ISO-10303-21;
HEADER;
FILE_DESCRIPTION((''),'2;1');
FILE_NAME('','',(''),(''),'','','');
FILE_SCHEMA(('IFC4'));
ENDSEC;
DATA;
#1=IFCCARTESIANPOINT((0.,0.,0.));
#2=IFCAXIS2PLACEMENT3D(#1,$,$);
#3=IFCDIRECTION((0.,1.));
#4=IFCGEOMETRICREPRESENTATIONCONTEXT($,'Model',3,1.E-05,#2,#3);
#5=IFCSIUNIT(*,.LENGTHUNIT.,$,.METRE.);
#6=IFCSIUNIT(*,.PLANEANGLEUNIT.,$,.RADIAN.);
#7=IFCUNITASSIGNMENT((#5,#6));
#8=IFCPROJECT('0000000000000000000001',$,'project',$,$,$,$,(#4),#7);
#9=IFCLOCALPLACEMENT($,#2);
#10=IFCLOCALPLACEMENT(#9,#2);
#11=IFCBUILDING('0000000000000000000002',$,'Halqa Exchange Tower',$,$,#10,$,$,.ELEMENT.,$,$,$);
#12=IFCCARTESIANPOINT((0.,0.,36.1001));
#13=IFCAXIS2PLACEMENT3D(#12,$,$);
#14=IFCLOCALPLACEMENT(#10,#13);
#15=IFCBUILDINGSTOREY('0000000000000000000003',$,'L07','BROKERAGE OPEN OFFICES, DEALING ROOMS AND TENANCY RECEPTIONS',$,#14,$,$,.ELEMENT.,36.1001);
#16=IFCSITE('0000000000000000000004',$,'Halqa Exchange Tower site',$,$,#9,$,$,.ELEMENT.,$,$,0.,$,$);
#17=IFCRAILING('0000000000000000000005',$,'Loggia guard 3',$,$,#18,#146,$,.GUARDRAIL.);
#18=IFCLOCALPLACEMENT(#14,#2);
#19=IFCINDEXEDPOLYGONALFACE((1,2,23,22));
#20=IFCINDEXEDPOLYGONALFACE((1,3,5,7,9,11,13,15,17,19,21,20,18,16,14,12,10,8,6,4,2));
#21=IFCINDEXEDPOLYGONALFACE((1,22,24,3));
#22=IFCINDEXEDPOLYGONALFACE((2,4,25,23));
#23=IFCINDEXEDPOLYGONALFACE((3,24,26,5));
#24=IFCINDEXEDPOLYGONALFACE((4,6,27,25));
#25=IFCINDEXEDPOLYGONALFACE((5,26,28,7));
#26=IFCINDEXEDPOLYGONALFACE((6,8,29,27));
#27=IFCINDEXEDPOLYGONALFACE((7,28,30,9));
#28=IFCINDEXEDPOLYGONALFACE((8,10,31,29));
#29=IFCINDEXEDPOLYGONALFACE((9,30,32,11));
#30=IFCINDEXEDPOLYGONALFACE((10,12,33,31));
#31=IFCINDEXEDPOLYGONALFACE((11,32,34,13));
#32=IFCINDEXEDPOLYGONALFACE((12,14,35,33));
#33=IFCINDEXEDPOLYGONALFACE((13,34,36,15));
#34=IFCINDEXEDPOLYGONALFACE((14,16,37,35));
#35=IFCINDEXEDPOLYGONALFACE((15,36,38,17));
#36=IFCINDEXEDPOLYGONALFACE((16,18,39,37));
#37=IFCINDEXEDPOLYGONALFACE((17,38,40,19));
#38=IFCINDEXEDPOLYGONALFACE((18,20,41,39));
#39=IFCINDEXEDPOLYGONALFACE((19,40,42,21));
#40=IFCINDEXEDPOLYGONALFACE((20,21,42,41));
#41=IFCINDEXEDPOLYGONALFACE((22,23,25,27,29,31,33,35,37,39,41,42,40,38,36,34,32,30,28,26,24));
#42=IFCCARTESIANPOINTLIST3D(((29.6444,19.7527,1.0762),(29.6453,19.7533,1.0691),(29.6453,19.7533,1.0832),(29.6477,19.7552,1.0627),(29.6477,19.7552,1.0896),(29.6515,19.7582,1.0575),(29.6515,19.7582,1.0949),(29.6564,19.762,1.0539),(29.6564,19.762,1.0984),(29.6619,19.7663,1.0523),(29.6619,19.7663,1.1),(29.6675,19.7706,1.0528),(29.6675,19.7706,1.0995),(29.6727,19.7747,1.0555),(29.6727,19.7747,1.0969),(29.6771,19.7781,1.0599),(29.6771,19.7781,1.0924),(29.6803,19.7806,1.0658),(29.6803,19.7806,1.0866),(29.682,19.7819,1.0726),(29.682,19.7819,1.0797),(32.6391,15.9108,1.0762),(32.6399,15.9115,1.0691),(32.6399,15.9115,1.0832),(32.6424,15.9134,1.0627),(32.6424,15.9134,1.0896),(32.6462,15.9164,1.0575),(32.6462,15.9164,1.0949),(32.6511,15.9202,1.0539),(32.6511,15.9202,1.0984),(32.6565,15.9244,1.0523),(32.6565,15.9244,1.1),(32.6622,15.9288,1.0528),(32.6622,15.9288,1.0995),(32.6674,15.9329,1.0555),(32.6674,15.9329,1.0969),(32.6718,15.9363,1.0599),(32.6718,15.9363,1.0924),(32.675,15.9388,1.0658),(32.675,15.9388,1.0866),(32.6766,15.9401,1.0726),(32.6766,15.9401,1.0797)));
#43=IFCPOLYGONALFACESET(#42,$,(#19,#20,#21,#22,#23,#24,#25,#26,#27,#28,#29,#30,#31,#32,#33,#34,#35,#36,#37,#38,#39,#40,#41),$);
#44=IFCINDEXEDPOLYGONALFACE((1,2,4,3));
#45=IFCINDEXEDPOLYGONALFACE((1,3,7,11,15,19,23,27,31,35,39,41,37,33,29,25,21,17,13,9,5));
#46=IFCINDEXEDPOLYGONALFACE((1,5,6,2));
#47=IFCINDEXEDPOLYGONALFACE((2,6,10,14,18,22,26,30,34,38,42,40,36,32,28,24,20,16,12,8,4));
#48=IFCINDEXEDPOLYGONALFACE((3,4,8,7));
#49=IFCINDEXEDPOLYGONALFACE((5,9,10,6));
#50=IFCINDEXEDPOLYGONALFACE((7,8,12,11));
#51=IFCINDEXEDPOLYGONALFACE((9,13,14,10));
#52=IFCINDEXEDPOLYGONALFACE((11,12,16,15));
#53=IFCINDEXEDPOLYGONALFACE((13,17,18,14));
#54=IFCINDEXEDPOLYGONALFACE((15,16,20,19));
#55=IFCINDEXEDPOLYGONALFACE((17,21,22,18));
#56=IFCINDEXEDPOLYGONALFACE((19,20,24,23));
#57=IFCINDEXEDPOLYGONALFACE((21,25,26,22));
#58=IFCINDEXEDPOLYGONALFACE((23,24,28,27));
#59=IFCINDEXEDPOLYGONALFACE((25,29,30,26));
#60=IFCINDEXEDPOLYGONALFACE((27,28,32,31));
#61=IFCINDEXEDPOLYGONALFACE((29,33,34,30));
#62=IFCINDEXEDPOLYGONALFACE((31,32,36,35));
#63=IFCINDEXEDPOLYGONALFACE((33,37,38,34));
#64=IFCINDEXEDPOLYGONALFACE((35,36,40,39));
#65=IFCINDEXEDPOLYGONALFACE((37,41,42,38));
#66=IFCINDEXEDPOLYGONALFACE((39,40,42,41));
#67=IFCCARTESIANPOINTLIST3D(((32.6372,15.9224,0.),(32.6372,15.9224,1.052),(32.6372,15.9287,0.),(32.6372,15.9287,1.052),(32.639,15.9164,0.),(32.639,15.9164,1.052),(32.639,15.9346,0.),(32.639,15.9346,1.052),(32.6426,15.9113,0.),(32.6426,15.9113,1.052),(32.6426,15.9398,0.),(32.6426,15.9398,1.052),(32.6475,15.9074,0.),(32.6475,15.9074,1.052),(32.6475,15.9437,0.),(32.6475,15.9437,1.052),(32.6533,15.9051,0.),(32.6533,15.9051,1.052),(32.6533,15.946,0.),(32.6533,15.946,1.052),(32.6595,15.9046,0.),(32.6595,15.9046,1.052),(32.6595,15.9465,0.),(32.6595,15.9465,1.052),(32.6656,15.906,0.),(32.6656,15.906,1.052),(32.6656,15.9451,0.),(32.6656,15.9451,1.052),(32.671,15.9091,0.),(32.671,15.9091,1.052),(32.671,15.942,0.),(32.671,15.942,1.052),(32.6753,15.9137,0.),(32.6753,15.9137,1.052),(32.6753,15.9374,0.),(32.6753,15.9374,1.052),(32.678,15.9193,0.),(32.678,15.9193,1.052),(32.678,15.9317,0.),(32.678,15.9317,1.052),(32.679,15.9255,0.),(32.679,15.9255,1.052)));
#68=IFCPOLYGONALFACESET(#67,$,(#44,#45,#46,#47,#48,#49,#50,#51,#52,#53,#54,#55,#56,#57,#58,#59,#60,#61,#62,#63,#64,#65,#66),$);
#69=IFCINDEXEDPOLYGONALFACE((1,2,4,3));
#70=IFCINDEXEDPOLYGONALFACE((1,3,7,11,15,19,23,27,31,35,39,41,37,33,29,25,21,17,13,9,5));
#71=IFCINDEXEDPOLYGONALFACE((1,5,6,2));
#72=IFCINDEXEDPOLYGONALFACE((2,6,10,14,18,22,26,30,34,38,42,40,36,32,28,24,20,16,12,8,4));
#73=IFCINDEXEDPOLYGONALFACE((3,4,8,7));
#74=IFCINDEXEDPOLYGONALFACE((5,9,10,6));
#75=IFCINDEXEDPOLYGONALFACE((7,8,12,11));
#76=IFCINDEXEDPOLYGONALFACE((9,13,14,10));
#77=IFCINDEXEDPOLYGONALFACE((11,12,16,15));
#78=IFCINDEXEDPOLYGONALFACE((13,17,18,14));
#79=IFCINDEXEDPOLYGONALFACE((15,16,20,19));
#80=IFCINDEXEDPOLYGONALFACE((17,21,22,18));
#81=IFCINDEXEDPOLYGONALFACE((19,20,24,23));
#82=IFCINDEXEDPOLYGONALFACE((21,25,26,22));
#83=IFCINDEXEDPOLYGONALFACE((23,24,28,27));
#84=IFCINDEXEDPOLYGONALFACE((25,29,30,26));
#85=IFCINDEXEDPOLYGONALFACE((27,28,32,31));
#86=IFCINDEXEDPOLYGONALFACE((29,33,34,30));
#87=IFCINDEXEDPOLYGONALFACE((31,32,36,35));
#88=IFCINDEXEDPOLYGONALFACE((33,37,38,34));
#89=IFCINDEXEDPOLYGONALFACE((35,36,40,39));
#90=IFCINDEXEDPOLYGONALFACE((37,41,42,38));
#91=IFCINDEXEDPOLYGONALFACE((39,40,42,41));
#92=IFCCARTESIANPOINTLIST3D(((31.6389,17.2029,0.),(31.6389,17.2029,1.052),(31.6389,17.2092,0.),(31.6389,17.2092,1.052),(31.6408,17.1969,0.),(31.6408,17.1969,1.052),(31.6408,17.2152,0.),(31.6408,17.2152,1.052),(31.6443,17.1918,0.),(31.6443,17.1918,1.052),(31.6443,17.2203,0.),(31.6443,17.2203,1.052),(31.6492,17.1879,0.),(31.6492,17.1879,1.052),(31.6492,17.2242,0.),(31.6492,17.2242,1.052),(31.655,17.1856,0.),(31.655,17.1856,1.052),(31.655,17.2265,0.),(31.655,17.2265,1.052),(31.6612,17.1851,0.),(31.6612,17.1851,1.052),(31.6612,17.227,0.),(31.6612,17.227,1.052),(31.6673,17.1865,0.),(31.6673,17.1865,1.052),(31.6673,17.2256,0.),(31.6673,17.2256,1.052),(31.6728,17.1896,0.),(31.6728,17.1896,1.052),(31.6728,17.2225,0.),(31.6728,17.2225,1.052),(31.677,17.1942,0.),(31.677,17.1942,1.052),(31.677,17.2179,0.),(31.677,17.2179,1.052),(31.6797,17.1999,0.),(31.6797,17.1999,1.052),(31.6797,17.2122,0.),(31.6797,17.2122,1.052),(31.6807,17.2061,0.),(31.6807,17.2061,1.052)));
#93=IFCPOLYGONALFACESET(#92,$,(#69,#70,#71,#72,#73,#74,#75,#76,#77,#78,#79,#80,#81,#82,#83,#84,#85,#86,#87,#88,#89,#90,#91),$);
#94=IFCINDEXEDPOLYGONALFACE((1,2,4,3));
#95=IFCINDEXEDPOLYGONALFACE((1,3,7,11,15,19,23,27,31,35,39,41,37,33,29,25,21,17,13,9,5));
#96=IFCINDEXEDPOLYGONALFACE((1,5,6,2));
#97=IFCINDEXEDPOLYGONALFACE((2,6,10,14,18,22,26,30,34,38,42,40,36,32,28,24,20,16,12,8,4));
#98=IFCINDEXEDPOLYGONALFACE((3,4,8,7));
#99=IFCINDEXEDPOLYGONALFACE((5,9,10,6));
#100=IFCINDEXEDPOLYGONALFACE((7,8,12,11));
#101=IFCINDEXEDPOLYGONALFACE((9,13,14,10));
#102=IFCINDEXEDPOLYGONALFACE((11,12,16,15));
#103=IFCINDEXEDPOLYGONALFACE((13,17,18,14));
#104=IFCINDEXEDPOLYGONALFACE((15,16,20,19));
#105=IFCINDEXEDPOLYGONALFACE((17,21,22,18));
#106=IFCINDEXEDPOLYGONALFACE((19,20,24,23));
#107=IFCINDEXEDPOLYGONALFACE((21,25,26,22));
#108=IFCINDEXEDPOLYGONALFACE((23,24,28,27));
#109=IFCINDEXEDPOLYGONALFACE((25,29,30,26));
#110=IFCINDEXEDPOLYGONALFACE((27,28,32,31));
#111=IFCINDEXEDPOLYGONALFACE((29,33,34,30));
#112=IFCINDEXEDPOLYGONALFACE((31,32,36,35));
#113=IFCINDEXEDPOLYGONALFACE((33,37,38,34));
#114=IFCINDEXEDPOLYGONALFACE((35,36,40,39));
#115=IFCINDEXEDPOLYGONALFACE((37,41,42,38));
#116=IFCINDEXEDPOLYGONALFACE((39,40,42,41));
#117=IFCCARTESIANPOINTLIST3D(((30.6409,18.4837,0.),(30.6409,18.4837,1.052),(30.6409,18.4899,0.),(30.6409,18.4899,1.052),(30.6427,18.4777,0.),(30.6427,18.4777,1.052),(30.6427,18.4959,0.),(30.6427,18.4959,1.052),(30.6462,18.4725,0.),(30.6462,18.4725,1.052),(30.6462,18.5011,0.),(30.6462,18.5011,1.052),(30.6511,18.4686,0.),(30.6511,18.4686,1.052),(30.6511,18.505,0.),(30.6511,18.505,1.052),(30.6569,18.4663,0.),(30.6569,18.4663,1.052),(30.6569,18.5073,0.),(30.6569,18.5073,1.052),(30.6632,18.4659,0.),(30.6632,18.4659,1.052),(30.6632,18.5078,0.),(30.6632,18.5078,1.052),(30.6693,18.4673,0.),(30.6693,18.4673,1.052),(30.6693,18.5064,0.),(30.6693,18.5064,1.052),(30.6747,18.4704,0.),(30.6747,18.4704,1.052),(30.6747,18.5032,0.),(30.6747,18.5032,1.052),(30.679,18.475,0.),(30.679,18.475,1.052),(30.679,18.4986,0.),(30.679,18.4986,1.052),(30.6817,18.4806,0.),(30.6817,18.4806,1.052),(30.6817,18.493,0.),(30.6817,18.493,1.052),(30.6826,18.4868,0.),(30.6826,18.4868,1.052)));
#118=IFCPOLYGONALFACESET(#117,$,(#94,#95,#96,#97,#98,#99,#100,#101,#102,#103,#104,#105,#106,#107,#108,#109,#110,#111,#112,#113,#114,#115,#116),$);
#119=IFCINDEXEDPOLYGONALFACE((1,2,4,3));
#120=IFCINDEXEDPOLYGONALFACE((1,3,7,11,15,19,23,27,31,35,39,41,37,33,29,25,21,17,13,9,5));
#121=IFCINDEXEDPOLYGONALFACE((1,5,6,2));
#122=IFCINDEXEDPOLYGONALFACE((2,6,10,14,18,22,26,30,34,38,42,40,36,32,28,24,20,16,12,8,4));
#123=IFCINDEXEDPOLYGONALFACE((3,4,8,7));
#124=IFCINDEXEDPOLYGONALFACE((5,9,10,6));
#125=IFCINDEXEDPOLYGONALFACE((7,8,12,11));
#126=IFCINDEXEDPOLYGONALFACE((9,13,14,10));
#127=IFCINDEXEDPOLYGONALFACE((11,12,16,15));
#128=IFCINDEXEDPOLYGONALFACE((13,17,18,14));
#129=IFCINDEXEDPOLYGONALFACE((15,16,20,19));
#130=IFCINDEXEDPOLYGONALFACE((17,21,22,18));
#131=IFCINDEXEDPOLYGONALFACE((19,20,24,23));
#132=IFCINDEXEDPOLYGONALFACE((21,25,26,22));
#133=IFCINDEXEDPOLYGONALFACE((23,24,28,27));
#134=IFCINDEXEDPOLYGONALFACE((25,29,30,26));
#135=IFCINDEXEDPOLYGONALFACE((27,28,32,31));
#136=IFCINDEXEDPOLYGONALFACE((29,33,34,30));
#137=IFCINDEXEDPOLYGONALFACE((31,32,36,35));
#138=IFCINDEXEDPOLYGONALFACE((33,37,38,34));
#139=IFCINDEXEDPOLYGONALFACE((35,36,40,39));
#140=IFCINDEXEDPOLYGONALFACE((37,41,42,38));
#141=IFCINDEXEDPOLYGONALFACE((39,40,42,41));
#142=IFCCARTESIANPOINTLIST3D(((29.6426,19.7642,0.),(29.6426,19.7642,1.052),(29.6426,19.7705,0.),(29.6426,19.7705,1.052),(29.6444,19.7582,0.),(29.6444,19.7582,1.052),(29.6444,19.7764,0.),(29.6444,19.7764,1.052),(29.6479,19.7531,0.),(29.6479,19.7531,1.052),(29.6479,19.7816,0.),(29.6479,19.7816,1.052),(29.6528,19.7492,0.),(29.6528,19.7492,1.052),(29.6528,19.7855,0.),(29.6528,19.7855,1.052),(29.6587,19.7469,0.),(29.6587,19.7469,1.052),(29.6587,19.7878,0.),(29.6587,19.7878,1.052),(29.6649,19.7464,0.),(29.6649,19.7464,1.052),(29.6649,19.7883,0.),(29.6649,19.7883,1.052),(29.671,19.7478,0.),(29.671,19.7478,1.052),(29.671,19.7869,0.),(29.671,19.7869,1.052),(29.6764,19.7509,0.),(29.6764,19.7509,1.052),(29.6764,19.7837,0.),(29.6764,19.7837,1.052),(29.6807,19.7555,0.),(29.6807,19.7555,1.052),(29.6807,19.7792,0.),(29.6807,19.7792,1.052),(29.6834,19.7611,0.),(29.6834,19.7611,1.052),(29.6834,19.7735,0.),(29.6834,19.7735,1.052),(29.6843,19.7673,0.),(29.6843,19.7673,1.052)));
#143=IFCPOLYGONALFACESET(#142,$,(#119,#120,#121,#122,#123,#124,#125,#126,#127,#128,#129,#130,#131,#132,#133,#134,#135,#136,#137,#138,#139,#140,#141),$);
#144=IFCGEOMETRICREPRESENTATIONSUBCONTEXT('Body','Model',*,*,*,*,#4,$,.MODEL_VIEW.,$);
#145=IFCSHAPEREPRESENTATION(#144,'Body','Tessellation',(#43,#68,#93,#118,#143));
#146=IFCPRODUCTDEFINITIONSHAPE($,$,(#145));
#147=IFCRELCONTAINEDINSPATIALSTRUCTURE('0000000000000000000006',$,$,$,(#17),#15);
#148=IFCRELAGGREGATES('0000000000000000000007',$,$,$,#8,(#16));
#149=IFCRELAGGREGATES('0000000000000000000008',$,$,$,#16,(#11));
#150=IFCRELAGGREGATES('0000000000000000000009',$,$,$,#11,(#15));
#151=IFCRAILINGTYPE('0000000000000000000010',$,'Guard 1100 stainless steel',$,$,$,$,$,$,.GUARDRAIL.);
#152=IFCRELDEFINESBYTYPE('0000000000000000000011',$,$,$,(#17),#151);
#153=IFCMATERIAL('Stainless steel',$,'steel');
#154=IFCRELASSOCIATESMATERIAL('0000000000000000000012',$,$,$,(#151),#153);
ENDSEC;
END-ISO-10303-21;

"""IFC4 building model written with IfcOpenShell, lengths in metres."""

from ifc_helpers import new_model, si_unit, direction, frame, origin, origin_2d, place, context, subcontext, project, spatial, circle, extrude, material, type_object, element, save


model = new_model("IFC4")

# Units and contexts
model_context = context("Model", 3, precision=1e-05, world=origin(), true_north=direction((0.0, 1.0)))
body_context = subcontext(model_context, "Body", "Model", "MODEL_VIEW")
ifc_project = project(units=[si_unit("LENGTHUNIT", "METRE"), si_unit("PLANEANGLEUNIT", "RADIAN")], contexts=[model_context])

# Site, building, storey
site_placement = place(None, origin())
site = spatial("IfcSite", under=ifc_project, at=site_placement, Name="Halqa Exchange Tower site", CompositionType="ELEMENT", RefElevation=0.0)
building_placement = place(site_placement, origin())
building = spatial("IfcBuilding", under=site, at=building_placement, Name="Halqa Exchange Tower", CompositionType="ELEMENT")
storey_placement = place(building_placement, frame((0.0, 0.0, 36.1001)))
storey = spatial("IfcBuildingStorey", under=building, at=storey_placement, Name="L07", Description="BROKERAGE OPEN OFFICES, DEALING ROOMS AND TENANCY RECEPTIONS", CompositionType="ELEMENT", Elevation=36.1001)

# Railing
ifc_material_1 = material(Name="Stainless steel", Category="steel")
railing_type = type_object("IfcRailingType", Name="Guard 1100 stainless steel", PredefinedType="GUARDRAIL", material=ifc_material_1)
railing_1_placement = place(storey_placement, frame((32.658, 15.9255, 0.0)))
element("IfcRailing", 1, at=railing_1_placement, inside=storey, type_object=railing_type, Name="Loggia guard 3", PredefinedType="GUARDRAIL", context=body_context, shape_type="SweptSolid", body=[
    extrude(circle(Radius=0.0239, at=origin_2d()), frame((0.0, 0.0, 1.0762), z_axis=(-0.61478, 0.788699, 0.0), x_axis=(-0.788699, -0.61478, 0.0)), (0.0, 0.0, 1.0), 4.8711),
    extrude(circle(Radius=0.021, at=origin_2d()), origin(), (0.0, 0.0, 1.0), 1.052),
    extrude(circle(Radius=0.021, at=origin_2d()), frame((-0.9983, 1.2805, 0.0)), (0.0, 0.0, 1.0), 1.052),
    extrude(circle(Radius=0.021, at=origin_2d()), frame((-1.9963, 2.5613, 0.0)), (0.0, 0.0, 1.0), 1.052),
    extrude(circle(Radius=0.021, at=origin_2d()), frame((-2.9946, 3.8418, 0.0)), (0.0, 0.0, 1.0), 1.052),
])

save(model, "model.ifc")
